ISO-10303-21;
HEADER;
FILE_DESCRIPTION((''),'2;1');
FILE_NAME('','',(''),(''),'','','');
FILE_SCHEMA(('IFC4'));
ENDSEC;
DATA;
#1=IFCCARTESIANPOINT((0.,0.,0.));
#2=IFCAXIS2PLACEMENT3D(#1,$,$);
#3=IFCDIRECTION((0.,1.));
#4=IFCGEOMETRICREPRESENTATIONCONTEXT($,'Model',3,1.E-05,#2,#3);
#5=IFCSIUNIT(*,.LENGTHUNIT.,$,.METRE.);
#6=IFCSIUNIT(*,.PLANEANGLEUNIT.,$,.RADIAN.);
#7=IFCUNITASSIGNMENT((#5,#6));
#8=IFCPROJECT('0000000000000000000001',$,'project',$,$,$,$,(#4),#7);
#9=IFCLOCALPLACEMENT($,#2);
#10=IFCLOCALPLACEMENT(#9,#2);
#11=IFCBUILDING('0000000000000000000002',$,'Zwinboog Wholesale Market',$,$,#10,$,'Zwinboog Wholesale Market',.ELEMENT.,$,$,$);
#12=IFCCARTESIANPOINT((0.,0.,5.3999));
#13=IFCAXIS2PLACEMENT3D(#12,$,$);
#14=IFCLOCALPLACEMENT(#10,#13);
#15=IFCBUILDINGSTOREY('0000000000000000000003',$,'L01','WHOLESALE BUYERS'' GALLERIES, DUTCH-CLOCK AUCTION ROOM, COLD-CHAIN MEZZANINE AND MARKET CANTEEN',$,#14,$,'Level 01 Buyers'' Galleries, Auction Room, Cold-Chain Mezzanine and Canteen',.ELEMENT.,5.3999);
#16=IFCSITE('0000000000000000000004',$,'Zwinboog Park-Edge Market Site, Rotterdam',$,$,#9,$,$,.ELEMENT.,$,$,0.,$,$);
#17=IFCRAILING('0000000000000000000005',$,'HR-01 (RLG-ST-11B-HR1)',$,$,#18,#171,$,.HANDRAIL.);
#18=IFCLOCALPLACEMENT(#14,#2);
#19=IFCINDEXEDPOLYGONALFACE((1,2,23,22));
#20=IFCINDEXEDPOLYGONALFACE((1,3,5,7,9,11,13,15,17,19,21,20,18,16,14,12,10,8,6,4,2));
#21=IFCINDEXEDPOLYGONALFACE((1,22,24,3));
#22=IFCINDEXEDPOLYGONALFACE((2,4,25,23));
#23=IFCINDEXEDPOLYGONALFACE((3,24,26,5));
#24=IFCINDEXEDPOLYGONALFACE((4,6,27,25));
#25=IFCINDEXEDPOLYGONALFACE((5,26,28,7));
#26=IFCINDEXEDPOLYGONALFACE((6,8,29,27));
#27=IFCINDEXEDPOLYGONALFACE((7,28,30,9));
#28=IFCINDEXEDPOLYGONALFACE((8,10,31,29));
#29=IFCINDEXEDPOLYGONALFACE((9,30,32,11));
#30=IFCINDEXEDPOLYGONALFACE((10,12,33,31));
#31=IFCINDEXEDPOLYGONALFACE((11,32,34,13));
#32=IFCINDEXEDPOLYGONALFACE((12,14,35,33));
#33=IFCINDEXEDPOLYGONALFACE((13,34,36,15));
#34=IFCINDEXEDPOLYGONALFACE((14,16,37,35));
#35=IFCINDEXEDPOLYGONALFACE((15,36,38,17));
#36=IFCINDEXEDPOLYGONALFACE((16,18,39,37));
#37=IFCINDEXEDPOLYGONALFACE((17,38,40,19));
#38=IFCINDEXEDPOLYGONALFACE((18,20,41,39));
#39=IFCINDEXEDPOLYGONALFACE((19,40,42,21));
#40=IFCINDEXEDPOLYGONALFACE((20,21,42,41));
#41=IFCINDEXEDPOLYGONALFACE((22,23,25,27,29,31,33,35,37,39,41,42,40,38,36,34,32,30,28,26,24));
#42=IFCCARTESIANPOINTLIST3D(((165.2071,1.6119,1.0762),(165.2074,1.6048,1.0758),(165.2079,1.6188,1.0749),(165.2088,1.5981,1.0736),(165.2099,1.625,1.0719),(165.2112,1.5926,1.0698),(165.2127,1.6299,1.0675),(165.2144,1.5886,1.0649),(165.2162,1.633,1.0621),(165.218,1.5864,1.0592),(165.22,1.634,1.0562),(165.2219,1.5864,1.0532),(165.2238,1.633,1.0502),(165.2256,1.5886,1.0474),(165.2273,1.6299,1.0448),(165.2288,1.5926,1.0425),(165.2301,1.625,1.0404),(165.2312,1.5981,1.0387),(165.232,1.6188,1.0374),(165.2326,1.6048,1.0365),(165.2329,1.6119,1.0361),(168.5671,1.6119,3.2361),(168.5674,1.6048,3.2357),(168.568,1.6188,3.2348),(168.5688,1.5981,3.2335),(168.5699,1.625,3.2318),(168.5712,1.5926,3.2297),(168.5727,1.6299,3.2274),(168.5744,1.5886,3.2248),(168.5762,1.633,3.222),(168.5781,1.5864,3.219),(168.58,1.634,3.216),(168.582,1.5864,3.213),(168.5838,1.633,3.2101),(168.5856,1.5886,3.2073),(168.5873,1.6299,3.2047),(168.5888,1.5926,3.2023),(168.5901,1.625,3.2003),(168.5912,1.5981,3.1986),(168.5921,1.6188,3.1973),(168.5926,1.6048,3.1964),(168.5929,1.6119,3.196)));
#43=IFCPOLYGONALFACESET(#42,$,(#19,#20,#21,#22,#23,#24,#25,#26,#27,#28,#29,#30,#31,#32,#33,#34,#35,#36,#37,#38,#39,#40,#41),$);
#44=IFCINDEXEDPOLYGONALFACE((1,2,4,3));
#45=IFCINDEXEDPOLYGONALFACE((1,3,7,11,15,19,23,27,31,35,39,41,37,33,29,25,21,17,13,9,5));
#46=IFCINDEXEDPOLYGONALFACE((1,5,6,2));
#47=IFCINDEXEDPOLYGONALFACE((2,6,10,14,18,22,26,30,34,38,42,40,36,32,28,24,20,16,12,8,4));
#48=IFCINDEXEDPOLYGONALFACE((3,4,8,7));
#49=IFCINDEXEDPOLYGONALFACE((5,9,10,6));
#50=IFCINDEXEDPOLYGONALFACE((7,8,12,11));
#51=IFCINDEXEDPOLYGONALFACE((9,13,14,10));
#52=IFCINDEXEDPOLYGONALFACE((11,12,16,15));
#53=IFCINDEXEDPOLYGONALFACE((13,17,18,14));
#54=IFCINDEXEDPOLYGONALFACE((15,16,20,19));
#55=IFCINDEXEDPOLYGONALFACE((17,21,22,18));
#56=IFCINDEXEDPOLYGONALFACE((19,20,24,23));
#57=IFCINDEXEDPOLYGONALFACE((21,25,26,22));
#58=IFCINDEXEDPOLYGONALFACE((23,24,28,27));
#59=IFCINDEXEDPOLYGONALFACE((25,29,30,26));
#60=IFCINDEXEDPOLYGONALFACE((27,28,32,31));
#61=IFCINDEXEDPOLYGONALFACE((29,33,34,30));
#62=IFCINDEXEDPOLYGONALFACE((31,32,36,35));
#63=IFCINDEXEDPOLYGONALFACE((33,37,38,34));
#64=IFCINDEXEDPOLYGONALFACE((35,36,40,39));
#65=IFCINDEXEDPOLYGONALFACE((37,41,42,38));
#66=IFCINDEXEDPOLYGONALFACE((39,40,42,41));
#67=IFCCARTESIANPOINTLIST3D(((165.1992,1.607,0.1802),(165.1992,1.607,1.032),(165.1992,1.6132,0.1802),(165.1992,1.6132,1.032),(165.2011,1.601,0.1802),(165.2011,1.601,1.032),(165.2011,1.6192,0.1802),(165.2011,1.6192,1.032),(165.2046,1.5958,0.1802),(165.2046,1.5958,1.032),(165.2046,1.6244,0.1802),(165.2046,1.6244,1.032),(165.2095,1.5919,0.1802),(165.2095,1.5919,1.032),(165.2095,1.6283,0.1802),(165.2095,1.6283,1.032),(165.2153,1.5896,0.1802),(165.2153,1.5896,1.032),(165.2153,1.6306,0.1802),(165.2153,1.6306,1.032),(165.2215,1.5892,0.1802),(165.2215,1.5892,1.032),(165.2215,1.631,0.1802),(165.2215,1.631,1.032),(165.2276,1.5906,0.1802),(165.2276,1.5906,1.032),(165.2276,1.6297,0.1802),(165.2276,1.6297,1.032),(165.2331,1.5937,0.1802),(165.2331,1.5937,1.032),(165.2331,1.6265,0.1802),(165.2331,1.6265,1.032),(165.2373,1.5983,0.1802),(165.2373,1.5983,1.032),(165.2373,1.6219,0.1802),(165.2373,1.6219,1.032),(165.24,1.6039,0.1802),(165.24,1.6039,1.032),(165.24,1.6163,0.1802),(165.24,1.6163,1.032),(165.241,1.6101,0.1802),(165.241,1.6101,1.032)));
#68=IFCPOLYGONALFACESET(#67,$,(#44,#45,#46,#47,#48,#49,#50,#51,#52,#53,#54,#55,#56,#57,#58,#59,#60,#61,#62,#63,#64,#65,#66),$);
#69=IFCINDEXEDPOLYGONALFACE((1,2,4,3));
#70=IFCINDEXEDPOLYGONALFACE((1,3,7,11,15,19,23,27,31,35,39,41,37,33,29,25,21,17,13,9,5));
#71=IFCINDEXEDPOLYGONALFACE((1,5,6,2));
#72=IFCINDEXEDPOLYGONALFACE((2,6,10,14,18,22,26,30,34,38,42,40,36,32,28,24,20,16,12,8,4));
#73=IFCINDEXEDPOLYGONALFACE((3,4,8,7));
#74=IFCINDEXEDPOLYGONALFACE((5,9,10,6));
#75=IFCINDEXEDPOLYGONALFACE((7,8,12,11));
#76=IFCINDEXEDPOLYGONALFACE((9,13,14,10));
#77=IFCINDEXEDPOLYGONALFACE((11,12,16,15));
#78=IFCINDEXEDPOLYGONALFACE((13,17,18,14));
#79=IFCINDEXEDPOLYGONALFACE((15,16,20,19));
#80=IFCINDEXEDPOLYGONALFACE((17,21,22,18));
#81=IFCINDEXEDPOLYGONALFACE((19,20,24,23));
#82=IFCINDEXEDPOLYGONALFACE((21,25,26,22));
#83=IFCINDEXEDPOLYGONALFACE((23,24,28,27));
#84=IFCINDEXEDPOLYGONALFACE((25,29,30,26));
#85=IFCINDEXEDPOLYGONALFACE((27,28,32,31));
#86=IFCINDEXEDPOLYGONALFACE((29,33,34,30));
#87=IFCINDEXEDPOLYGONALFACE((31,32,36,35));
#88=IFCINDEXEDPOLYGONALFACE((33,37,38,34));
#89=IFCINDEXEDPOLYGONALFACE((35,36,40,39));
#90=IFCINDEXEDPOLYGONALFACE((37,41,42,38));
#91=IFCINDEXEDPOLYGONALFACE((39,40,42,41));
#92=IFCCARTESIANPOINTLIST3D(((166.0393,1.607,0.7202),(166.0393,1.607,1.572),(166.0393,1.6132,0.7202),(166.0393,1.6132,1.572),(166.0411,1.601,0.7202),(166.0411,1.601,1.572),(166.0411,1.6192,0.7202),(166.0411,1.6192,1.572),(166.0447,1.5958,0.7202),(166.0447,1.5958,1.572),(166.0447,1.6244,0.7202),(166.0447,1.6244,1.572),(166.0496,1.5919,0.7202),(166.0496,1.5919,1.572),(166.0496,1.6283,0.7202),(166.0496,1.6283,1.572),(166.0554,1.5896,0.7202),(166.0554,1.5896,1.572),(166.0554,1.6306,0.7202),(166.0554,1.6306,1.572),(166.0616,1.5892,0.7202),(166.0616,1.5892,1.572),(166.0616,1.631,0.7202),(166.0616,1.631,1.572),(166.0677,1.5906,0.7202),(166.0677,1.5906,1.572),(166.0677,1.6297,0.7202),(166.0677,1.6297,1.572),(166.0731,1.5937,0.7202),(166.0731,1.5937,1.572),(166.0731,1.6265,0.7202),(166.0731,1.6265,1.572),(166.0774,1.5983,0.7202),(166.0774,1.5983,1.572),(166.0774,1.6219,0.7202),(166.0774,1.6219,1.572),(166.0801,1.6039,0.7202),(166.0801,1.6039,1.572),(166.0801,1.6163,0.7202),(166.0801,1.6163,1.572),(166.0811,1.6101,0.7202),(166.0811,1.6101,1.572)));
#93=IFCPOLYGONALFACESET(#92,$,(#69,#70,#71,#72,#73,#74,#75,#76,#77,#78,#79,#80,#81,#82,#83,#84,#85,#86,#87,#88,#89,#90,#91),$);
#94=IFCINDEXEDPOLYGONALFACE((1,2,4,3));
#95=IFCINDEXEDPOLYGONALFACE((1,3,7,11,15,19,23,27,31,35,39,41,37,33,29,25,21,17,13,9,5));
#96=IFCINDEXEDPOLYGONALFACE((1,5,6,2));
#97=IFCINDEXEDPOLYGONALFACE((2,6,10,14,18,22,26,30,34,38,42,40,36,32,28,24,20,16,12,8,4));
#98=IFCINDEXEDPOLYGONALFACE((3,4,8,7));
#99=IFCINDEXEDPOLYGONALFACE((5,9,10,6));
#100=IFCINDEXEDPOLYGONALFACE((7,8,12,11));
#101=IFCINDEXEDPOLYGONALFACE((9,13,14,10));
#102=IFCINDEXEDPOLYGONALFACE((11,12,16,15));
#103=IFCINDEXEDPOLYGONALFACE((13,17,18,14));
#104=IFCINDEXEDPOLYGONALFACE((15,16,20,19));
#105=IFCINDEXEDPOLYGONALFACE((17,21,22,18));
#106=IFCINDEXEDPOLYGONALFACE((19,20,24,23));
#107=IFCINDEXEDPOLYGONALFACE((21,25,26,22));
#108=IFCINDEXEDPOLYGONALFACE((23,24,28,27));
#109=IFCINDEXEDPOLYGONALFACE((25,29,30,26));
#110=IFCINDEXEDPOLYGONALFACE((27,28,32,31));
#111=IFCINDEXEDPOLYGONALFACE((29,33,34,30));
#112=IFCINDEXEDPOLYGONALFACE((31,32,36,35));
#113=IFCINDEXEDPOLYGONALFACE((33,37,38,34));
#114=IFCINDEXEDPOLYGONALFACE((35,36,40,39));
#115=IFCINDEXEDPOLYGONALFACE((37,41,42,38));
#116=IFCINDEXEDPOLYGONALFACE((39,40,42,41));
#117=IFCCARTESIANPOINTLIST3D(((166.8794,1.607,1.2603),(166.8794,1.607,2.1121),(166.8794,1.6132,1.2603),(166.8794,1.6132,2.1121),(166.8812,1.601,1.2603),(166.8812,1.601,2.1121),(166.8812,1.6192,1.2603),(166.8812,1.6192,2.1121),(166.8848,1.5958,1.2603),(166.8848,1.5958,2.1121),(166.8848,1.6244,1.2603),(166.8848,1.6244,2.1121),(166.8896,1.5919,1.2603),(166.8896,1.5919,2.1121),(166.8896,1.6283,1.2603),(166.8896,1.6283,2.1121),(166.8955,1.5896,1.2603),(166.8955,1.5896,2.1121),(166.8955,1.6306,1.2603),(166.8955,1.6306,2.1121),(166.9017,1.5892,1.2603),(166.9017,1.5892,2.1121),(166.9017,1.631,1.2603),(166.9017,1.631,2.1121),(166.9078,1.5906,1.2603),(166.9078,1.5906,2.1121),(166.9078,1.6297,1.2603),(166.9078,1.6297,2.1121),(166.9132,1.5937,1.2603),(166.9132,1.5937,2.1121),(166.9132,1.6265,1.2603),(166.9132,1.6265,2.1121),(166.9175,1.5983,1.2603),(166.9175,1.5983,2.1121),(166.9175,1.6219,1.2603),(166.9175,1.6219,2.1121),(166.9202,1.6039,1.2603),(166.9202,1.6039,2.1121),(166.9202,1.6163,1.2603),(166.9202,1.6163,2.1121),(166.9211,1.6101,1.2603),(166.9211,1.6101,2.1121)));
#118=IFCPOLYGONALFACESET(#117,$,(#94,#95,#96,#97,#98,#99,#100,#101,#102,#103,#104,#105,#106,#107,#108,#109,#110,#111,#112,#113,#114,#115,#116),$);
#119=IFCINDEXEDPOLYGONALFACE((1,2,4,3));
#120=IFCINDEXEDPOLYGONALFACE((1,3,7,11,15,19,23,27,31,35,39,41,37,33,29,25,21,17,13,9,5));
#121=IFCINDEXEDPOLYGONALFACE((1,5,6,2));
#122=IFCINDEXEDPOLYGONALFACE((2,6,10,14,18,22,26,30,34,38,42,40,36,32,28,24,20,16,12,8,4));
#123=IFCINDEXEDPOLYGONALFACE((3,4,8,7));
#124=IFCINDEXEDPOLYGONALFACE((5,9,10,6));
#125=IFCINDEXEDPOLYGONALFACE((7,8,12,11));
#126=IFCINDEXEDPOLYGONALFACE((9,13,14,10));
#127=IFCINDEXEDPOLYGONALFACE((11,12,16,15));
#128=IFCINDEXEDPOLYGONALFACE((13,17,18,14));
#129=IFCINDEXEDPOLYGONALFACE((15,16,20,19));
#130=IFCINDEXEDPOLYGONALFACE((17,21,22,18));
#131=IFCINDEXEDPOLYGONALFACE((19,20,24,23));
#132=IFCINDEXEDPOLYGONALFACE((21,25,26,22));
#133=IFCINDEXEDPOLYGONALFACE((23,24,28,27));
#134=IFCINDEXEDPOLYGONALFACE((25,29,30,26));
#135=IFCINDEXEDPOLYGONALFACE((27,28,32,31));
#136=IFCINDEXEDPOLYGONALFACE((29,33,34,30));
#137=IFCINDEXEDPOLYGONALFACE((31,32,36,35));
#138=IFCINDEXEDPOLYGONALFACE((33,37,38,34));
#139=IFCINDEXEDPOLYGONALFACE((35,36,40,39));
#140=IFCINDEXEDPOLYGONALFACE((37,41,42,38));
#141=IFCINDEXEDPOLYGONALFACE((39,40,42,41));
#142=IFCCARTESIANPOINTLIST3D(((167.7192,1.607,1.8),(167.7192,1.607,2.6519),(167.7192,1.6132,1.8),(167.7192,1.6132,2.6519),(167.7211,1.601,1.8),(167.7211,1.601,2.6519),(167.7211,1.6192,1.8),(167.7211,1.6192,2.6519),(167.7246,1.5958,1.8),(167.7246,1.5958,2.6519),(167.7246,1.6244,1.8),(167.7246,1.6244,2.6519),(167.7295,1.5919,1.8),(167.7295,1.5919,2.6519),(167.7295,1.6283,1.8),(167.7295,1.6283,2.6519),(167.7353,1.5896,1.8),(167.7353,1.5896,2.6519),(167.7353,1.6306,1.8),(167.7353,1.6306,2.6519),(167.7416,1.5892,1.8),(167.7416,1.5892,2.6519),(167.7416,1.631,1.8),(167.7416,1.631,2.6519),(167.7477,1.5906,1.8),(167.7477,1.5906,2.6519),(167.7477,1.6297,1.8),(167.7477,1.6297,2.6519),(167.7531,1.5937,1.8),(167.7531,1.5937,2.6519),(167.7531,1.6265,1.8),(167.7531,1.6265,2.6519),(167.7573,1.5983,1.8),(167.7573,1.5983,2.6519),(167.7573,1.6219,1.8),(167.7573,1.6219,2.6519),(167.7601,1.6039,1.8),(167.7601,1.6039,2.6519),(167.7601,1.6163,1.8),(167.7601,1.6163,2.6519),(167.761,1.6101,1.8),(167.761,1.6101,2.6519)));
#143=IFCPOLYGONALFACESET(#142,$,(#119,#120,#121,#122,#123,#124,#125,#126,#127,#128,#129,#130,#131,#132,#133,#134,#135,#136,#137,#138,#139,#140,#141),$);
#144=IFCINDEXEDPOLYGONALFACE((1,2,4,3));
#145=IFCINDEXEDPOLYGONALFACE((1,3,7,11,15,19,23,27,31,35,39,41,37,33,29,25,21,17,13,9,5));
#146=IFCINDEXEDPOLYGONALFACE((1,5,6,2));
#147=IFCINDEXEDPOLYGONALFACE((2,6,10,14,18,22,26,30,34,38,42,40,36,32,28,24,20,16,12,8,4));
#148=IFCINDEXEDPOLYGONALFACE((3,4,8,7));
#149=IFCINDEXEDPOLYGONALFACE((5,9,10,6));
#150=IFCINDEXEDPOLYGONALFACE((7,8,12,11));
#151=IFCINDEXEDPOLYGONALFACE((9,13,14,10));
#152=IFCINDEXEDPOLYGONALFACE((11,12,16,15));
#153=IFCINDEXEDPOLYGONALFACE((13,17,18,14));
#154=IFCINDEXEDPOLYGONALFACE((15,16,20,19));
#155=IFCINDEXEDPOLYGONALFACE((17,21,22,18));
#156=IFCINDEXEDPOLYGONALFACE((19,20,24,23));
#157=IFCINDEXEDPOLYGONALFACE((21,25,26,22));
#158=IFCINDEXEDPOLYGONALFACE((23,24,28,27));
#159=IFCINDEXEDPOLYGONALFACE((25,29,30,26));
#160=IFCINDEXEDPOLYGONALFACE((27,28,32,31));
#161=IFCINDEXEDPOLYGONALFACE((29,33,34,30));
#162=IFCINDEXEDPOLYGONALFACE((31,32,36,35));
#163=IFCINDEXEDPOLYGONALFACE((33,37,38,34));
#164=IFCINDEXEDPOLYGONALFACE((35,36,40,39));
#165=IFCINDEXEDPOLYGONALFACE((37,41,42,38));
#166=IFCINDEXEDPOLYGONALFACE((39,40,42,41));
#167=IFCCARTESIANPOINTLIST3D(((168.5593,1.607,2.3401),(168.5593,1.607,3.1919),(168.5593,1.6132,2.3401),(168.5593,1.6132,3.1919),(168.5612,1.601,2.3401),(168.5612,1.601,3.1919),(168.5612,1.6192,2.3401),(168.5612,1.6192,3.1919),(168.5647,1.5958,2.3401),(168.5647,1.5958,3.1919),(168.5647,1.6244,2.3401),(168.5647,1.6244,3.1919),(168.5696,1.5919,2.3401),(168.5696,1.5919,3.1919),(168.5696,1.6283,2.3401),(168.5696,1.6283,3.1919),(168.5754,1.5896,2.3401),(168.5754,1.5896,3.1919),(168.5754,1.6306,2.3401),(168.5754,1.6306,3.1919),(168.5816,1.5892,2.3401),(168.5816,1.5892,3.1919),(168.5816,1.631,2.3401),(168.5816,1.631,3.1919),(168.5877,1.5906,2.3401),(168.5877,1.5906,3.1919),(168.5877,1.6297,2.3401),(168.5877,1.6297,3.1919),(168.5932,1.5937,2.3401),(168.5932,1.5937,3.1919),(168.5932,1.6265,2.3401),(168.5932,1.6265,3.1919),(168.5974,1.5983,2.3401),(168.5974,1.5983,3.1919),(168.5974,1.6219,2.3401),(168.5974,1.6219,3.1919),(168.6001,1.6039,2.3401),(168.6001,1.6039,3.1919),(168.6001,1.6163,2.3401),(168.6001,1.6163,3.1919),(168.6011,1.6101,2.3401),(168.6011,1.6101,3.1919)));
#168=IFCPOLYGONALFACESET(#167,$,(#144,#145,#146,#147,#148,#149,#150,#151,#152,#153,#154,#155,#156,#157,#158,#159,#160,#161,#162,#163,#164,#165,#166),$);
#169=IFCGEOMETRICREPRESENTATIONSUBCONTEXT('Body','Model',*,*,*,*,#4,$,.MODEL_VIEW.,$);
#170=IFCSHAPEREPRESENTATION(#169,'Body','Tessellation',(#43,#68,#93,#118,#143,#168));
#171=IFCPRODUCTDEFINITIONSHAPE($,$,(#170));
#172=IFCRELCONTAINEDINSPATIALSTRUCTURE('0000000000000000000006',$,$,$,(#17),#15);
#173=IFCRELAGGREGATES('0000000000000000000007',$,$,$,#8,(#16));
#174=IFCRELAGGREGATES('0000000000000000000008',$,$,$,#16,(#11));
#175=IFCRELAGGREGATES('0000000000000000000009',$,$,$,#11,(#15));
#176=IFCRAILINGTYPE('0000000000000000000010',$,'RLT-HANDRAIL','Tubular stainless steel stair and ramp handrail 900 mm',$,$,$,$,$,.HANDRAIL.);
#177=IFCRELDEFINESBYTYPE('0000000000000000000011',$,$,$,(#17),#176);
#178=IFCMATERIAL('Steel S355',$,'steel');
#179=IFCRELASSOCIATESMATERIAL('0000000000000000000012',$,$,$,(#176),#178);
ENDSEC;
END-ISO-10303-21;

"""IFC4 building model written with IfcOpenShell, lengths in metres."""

from ifc_helpers import new_model, si_unit, direction, frame, origin, origin_2d, place, context, subcontext, project, spatial, circle, extrude, material, type_object, element, save


model = new_model("IFC4")

# Units and contexts
model_context = context("Model", 3, precision=1e-05, world=origin(), true_north=direction((0.0, 1.0)))
body_context = subcontext(model_context, "Body", "Model", "MODEL_VIEW")
ifc_project = project(units=[si_unit("LENGTHUNIT", "METRE"), si_unit("PLANEANGLEUNIT", "RADIAN")], contexts=[model_context])

# Site, building, storey
site_placement = place(None, origin())
site = spatial("IfcSite", under=ifc_project, at=site_placement, Name="Zwinboog Park-Edge Market Site, Rotterdam", CompositionType="ELEMENT", RefElevation=0.0)
building_placement = place(site_placement, origin())
building = spatial("IfcBuilding", under=site, at=building_placement, Name="Zwinboog Wholesale Market", LongName="Zwinboog Wholesale Market", CompositionType="ELEMENT")
storey_placement = place(building_placement, frame((0.0, 0.0, 5.3999)))
storey = spatial("IfcBuildingStorey", under=building, at=storey_placement, Name="L01", Description="WHOLESALE BUYERS' GALLERIES, DUTCH-CLOCK AUCTION ROOM, COLD-CHAIN MEZZANINE AND MARKET CANTEEN", LongName="Level 01 Buyers' Galleries, Auction Room, Cold-Chain Mezzanine and Canteen", CompositionType="ELEMENT", Elevation=5.3999)

# Shared definitions
ifc_material_1 = material(Name="Steel S355", Category="steel")

# Railing
railing_type_1 = type_object("IfcRailingType", Name="RLT-HANDRAIL", Description="Tubular stainless steel stair and ramp handrail 900 mm", PredefinedType="HANDRAIL", material=ifc_material_1)
railing_1_placement = place(storey_placement, frame((165.22, 1.6101, 0.1802)))
element("IfcRailing", 1, at=railing_1_placement, inside=storey, type_object=railing_type_1, Name="HR-01 (RLG-ST-11B-HR1)", PredefinedType="HANDRAIL", context=body_context, shape_type="SweptSolid", body=[
    extrude(circle(Radius=0.0239, at=origin_2d()), frame((0.0, 0.0, 0.876), z_axis=(0.841196, 0.0, 0.54073), x_axis=(0.0, 1.0, 0.0)), (0.0, 0.0, 1.0), 3.9944),
    extrude(circle(Radius=0.021, at=origin_2d()), origin(), (0.0, 0.0, 1.0), 0.8518),
    extrude(circle(Radius=0.021, at=origin_2d()), frame((0.8401, 0.0, 0.54)), (0.0, 0.0, 1.0), 0.8518),
    extrude(circle(Radius=0.021, at=origin_2d()), frame((1.6802, 0.0, 1.0801)), (0.0, 0.0, 1.0), 0.8518),
    extrude(circle(Radius=0.021, at=origin_2d()), frame((2.52, 0.0, 1.6199)), (0.0, 0.0, 1.0), 0.8518),
    extrude(circle(Radius=0.021, at=origin_2d()), frame((3.3601, 0.0, 2.1599)), (0.0, 0.0, 1.0), 0.8518),
])

save(model, "model.ifc")
